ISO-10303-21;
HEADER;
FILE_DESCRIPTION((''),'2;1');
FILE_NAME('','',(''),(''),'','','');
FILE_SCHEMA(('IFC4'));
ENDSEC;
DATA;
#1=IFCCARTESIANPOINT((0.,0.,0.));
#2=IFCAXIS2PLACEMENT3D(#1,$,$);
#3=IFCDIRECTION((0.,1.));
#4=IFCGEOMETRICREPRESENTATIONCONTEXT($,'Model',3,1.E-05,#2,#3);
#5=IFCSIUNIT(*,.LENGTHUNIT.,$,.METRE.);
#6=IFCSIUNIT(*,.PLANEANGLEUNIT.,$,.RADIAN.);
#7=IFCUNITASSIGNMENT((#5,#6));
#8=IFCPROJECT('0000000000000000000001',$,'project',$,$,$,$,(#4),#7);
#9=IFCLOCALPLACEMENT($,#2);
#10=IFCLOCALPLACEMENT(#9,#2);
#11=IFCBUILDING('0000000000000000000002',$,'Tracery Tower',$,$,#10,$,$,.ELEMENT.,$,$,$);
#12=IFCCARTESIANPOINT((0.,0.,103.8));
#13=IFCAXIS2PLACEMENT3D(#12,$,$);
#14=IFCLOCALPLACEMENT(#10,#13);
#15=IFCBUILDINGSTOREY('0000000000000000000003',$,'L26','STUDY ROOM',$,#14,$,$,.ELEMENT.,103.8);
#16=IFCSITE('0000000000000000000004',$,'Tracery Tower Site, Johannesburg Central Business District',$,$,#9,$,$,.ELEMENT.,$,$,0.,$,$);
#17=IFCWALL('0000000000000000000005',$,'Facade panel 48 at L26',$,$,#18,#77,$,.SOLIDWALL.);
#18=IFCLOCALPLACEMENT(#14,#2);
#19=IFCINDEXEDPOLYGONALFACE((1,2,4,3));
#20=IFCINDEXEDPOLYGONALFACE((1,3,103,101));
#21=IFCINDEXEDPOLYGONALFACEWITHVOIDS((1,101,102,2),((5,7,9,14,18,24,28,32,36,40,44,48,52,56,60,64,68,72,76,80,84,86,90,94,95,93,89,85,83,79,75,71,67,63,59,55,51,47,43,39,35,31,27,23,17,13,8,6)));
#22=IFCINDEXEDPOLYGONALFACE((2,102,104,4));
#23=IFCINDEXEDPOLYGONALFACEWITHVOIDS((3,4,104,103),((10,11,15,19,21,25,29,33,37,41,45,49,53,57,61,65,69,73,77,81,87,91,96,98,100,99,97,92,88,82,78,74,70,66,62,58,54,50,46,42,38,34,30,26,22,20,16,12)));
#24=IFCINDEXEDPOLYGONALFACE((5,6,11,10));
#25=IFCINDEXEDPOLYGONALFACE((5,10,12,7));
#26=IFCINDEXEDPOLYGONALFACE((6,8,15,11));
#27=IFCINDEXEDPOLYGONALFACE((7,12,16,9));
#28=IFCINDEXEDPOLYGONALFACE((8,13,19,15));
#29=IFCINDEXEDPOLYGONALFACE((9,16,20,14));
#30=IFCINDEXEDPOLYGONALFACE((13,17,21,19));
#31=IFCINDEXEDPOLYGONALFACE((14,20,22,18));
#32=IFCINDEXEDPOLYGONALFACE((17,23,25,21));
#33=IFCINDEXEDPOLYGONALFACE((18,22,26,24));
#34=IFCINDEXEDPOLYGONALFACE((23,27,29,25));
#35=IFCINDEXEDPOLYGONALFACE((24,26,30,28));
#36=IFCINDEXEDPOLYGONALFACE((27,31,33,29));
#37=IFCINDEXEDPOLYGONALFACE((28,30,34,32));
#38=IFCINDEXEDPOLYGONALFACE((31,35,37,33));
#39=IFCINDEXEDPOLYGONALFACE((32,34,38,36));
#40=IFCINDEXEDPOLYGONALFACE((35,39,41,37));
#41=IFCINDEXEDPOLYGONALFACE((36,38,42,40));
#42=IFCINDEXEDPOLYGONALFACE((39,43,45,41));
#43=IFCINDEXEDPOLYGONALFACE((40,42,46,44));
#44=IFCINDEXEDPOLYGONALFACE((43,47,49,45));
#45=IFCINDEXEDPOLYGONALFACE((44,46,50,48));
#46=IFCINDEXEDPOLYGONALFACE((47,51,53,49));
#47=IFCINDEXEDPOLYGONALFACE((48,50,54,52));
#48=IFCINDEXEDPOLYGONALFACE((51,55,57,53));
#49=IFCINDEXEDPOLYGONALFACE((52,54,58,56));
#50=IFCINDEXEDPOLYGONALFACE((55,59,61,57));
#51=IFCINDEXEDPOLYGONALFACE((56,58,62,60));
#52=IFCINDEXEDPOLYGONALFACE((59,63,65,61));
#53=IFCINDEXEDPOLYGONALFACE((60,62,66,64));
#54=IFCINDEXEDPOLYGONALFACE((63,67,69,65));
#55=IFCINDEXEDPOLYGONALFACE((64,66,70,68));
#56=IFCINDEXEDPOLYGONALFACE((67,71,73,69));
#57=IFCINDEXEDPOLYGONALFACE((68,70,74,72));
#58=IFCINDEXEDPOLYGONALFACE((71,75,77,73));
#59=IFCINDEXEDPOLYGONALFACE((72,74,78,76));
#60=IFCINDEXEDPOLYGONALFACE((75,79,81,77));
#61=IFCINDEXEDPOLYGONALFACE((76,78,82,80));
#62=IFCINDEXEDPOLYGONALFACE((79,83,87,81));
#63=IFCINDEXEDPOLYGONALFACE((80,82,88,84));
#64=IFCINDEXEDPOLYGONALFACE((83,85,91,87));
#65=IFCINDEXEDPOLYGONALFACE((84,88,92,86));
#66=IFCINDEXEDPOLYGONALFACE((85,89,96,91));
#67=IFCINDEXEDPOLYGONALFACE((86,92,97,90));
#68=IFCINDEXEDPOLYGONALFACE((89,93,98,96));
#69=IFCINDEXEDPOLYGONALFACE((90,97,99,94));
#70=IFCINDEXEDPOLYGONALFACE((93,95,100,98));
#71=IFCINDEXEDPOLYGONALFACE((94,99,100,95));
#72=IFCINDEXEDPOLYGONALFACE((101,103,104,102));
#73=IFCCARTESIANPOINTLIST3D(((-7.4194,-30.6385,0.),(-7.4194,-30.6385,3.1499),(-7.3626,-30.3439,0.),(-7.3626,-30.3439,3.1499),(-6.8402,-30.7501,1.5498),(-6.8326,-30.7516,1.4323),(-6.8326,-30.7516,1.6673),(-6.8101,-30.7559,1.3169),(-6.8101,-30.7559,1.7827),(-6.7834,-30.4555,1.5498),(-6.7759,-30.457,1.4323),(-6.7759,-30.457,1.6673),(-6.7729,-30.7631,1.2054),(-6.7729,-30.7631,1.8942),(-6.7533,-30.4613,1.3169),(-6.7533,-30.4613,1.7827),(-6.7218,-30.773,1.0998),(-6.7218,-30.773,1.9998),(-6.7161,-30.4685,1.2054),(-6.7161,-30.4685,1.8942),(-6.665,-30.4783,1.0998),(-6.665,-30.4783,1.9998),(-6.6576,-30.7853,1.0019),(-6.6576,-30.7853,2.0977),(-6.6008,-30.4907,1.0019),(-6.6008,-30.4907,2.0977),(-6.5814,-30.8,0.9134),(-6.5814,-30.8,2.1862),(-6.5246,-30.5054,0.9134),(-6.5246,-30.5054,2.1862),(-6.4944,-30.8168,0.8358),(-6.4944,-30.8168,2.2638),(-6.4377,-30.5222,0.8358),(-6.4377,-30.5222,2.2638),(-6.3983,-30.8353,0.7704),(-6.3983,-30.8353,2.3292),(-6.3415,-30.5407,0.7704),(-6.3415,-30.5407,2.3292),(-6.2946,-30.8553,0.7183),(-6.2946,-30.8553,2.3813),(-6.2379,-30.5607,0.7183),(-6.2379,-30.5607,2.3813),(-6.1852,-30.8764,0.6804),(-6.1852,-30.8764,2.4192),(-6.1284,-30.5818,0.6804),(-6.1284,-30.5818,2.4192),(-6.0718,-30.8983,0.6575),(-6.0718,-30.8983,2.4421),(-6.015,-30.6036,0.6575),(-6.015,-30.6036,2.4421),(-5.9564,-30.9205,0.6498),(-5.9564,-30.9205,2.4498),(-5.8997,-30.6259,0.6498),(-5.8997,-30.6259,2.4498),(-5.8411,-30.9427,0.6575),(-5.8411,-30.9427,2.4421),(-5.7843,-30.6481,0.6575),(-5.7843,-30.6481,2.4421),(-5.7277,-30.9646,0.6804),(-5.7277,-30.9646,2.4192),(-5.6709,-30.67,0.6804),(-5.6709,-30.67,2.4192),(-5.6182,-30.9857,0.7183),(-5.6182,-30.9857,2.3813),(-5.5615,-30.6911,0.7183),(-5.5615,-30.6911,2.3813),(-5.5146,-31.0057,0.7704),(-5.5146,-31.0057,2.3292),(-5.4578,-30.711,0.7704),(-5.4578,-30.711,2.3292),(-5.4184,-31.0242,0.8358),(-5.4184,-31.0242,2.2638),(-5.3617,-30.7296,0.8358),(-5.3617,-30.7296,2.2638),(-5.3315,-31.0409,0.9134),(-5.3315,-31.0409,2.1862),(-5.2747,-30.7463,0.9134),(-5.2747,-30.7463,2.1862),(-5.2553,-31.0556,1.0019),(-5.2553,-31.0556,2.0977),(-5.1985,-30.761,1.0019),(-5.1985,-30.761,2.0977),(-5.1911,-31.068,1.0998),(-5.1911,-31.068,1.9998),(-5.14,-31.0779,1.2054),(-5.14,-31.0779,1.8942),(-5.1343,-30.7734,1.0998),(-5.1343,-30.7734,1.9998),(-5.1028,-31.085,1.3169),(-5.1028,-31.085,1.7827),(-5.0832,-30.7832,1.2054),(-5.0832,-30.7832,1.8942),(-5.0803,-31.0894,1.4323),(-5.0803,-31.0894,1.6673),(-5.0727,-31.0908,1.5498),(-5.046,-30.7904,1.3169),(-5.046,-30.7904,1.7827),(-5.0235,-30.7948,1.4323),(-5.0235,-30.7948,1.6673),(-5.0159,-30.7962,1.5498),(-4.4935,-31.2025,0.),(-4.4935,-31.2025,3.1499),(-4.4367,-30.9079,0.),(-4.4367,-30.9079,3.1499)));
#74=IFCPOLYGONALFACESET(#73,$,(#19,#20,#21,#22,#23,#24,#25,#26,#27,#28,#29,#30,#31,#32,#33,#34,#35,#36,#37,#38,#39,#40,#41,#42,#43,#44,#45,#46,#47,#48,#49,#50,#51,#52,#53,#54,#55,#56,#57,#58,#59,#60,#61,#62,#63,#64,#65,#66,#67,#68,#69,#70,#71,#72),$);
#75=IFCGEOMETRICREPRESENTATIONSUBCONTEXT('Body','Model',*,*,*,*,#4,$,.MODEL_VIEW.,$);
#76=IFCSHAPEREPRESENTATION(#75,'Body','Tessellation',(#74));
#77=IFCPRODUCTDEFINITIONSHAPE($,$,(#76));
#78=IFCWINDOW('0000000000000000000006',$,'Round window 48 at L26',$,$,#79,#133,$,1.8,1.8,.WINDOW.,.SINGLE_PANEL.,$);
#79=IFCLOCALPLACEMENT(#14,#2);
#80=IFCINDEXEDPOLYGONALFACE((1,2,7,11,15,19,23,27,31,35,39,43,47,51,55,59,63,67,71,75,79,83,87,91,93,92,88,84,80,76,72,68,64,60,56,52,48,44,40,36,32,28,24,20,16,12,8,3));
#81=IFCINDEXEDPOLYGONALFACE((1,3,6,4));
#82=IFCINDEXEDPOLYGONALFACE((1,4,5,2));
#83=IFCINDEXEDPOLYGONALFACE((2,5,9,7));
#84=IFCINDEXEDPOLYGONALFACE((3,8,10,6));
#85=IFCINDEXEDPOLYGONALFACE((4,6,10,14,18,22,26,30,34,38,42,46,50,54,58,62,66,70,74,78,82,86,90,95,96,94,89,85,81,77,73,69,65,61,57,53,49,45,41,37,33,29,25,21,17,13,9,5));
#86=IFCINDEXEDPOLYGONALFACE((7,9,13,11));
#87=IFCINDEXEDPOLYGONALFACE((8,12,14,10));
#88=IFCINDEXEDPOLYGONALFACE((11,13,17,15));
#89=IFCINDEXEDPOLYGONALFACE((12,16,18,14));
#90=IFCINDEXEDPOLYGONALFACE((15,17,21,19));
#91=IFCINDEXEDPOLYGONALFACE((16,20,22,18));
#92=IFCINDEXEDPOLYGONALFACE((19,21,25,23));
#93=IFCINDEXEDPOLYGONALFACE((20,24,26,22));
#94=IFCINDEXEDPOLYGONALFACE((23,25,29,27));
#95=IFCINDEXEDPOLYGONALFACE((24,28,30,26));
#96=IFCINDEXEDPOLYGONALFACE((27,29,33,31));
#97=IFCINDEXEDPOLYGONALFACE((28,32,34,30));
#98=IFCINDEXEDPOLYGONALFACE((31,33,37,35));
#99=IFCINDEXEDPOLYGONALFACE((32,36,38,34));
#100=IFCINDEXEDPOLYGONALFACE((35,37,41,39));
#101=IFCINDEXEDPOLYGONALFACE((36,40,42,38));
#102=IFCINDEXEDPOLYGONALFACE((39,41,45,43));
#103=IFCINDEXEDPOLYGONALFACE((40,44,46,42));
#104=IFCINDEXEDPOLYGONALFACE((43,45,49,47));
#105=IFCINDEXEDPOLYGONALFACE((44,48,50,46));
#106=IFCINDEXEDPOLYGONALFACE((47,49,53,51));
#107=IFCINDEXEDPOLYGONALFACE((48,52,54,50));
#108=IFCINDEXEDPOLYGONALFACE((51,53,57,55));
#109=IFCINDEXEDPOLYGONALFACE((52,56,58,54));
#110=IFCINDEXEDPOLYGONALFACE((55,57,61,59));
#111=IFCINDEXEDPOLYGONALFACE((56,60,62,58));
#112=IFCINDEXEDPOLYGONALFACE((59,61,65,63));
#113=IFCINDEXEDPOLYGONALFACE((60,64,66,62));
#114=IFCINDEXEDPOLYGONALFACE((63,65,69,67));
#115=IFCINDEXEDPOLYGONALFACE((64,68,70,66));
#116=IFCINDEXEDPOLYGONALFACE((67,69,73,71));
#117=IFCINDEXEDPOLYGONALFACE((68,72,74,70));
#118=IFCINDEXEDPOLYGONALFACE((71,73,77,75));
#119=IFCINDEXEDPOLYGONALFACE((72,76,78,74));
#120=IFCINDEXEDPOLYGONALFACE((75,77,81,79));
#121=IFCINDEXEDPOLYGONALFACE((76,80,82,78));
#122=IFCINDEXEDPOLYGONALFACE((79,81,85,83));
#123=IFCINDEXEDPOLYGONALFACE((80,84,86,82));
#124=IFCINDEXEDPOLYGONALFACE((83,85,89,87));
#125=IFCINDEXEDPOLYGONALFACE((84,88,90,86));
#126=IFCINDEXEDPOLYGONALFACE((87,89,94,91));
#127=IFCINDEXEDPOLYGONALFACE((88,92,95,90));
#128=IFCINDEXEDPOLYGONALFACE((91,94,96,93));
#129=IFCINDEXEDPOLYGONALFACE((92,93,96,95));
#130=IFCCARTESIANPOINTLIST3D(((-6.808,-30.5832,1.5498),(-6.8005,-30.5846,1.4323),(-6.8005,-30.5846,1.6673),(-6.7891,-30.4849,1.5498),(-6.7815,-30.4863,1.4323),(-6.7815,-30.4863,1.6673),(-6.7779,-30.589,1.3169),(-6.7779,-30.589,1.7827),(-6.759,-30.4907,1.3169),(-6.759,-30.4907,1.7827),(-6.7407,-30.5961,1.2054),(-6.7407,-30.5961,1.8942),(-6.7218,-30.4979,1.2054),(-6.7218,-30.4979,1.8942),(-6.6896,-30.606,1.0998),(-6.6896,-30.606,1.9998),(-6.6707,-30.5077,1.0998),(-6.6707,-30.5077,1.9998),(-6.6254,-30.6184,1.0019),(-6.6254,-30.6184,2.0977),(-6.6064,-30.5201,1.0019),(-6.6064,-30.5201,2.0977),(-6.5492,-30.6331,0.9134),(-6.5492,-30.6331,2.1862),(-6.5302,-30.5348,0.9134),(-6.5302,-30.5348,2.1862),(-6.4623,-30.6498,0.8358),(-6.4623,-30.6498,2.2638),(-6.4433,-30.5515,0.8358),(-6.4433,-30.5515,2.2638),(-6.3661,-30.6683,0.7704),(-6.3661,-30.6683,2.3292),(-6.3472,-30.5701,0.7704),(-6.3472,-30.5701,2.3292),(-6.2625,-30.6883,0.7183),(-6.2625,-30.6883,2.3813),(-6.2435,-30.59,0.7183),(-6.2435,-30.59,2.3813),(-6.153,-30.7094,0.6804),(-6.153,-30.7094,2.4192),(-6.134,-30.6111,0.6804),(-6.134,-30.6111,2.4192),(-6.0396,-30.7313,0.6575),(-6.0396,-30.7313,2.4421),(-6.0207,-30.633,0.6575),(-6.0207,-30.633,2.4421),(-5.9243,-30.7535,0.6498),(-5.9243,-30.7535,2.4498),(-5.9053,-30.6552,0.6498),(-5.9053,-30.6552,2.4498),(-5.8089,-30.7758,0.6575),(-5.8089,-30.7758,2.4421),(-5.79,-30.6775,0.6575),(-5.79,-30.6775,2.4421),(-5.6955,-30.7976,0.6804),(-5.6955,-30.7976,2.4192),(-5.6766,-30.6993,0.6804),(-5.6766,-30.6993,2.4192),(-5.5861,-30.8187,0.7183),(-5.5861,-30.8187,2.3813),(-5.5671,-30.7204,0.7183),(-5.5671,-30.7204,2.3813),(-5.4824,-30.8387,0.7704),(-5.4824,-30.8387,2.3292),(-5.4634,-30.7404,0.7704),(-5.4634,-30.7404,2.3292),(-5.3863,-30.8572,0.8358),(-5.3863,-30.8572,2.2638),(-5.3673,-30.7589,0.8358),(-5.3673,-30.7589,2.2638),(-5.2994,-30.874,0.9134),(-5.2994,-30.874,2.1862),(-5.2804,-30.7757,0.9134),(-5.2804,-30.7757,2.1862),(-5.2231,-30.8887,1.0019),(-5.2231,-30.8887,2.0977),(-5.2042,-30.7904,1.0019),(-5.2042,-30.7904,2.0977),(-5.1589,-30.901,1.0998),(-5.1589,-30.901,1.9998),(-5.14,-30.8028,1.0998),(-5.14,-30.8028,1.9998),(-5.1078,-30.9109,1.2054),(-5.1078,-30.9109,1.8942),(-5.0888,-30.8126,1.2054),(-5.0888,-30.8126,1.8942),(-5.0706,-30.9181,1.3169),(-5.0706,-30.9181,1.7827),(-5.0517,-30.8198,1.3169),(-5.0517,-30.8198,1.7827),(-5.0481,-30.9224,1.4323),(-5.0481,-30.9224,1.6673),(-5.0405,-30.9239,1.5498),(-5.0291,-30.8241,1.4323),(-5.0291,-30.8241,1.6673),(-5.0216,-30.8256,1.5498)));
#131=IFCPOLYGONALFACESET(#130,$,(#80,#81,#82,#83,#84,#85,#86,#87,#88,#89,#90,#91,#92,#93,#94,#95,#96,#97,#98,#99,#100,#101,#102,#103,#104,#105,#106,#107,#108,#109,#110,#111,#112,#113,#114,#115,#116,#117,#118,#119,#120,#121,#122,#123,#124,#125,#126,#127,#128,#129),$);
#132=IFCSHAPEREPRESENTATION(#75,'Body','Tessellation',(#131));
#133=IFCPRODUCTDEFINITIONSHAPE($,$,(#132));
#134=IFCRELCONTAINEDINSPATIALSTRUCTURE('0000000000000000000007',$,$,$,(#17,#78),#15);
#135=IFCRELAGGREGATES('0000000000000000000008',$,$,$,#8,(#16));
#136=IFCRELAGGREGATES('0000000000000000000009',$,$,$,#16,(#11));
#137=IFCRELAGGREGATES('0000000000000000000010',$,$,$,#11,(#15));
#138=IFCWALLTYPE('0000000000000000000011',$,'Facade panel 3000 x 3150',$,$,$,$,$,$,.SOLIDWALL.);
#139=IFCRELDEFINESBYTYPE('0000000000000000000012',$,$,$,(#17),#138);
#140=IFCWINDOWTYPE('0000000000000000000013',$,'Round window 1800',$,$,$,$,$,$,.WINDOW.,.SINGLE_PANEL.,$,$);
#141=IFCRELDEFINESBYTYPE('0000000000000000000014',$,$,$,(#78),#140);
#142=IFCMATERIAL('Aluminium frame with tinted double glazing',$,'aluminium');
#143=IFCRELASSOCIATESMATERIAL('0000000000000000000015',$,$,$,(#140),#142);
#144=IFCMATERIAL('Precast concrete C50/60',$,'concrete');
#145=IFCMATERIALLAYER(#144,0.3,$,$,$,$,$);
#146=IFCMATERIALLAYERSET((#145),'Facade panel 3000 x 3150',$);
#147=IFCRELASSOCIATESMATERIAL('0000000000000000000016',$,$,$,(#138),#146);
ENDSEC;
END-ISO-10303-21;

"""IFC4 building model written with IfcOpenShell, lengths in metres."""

from ifc_helpers import new_model, si_unit, direction, frame, frame_2d, origin, origin_2d, place, context, subcontext, project, spatial, rectangle, circle, extrude, material, layer, layer_set, type_object, element, fill, save


model = new_model("IFC4")

# Units and contexts
model_context = context("Model", 3, precision=1e-05, world=origin(), true_north=direction((0.0, 1.0)))
body_context = subcontext(model_context, "Body", "Model", "MODEL_VIEW")
ifc_project = project(units=[si_unit("LENGTHUNIT", "METRE"), si_unit("PLANEANGLEUNIT", "RADIAN")], contexts=[model_context])

# Site, building, storey
site_placement = place(None, origin())
site = spatial("IfcSite", under=ifc_project, at=site_placement, Name="Tracery Tower Site, Johannesburg Central Business District", CompositionType="ELEMENT", RefElevation=0.0)
building_placement = place(site_placement, origin())
building = spatial("IfcBuilding", under=site, at=building_placement, Name="Tracery Tower", CompositionType="ELEMENT")
storey_placement = place(building_placement, frame((0.0, 0.0, 103.8)))
storey = spatial("IfcBuildingStorey", under=building, at=storey_placement, Name="L26", Description="STUDY ROOM", CompositionType="ELEMENT", Elevation=103.8)

# Wall, opening, window
ifc_material_1 = material(Name="Aluminium frame with tinted double glazing", Category="aluminium")
window_type = type_object("IfcWindowType", Name="Round window 1800", PartitioningType="SINGLE_PANEL", PredefinedType="WINDOW", material=ifc_material_1)
ifc_material_2 = material(Name="Precast concrete C50/60", Category="concrete")
ifc_layer_1 = layer(ifc_material_2, 0.3)
ifc_layer_set_1 = layer_set([ifc_layer_1], Name="Facade panel 3000 x 3150")
wall_type_1 = type_object("IfcWallType", Name="Facade panel 3000 x 3150", PredefinedType="SOLIDWALL", material=ifc_layer_set_1)
wall_1_placement = place(storey_placement, frame((-7.3909, -30.4912, 0.0), z_axis=(0.0, 0.0, 1.0), x_axis=(0.981925, -0.189273, 0.0)))
wall_1 = element("IfcWall", 1, at=wall_1_placement, inside=storey, type_object=wall_type_1, Name="Facade panel 48 at L26", PredefinedType="SOLIDWALL", context=body_context, shape_type="SweptSolid", body=[
    extrude(rectangle(XDim=2.9797, YDim=0.3, at=frame_2d((1.4897, 0.0))), origin(), (0.0, 0.0, 1.0), 3.1499),
])
opening_1_placement = place(wall_1_placement, frame((1.4897, 0.0, 1.5498)))
opening_1 = element("IfcOpeningElement", 2, at=opening_1_placement, cuts=wall_1, PredefinedType="OPENING", context=body_context, shape_type="SweptSolid", body=[
    extrude(circle(Radius=0.9, at=origin_2d()), frame((0.0, 0.1599, 0.0), z_axis=(0.0, -1.0, 0.0), x_axis=(1.0, 0.0, 0.0)), (0.0, 0.0, 1.0), 0.3201),
])
window_1_placement = place(opening_1_placement, origin())
window_1 = element("IfcWindow", 3, at=window_1_placement, inside=storey, type_object=window_type, Name="Round window 48 at L26", OverallHeight=1.8, OverallWidth=1.8, PartitioningType="SINGLE_PANEL", PredefinedType="WINDOW", context=body_context, shape_type="SweptSolid", body=[
    extrude(circle(Radius=0.9, at=origin_2d()), frame((0.0, 0.1201, 0.0), z_axis=(0.0, -1.0, 0.0), x_axis=(1.0, 0.0, 0.0)), (0.0, 0.0, 1.0), 0.1001),
])
fill(opening_1, window_1)

save(model, "model.ifc")
